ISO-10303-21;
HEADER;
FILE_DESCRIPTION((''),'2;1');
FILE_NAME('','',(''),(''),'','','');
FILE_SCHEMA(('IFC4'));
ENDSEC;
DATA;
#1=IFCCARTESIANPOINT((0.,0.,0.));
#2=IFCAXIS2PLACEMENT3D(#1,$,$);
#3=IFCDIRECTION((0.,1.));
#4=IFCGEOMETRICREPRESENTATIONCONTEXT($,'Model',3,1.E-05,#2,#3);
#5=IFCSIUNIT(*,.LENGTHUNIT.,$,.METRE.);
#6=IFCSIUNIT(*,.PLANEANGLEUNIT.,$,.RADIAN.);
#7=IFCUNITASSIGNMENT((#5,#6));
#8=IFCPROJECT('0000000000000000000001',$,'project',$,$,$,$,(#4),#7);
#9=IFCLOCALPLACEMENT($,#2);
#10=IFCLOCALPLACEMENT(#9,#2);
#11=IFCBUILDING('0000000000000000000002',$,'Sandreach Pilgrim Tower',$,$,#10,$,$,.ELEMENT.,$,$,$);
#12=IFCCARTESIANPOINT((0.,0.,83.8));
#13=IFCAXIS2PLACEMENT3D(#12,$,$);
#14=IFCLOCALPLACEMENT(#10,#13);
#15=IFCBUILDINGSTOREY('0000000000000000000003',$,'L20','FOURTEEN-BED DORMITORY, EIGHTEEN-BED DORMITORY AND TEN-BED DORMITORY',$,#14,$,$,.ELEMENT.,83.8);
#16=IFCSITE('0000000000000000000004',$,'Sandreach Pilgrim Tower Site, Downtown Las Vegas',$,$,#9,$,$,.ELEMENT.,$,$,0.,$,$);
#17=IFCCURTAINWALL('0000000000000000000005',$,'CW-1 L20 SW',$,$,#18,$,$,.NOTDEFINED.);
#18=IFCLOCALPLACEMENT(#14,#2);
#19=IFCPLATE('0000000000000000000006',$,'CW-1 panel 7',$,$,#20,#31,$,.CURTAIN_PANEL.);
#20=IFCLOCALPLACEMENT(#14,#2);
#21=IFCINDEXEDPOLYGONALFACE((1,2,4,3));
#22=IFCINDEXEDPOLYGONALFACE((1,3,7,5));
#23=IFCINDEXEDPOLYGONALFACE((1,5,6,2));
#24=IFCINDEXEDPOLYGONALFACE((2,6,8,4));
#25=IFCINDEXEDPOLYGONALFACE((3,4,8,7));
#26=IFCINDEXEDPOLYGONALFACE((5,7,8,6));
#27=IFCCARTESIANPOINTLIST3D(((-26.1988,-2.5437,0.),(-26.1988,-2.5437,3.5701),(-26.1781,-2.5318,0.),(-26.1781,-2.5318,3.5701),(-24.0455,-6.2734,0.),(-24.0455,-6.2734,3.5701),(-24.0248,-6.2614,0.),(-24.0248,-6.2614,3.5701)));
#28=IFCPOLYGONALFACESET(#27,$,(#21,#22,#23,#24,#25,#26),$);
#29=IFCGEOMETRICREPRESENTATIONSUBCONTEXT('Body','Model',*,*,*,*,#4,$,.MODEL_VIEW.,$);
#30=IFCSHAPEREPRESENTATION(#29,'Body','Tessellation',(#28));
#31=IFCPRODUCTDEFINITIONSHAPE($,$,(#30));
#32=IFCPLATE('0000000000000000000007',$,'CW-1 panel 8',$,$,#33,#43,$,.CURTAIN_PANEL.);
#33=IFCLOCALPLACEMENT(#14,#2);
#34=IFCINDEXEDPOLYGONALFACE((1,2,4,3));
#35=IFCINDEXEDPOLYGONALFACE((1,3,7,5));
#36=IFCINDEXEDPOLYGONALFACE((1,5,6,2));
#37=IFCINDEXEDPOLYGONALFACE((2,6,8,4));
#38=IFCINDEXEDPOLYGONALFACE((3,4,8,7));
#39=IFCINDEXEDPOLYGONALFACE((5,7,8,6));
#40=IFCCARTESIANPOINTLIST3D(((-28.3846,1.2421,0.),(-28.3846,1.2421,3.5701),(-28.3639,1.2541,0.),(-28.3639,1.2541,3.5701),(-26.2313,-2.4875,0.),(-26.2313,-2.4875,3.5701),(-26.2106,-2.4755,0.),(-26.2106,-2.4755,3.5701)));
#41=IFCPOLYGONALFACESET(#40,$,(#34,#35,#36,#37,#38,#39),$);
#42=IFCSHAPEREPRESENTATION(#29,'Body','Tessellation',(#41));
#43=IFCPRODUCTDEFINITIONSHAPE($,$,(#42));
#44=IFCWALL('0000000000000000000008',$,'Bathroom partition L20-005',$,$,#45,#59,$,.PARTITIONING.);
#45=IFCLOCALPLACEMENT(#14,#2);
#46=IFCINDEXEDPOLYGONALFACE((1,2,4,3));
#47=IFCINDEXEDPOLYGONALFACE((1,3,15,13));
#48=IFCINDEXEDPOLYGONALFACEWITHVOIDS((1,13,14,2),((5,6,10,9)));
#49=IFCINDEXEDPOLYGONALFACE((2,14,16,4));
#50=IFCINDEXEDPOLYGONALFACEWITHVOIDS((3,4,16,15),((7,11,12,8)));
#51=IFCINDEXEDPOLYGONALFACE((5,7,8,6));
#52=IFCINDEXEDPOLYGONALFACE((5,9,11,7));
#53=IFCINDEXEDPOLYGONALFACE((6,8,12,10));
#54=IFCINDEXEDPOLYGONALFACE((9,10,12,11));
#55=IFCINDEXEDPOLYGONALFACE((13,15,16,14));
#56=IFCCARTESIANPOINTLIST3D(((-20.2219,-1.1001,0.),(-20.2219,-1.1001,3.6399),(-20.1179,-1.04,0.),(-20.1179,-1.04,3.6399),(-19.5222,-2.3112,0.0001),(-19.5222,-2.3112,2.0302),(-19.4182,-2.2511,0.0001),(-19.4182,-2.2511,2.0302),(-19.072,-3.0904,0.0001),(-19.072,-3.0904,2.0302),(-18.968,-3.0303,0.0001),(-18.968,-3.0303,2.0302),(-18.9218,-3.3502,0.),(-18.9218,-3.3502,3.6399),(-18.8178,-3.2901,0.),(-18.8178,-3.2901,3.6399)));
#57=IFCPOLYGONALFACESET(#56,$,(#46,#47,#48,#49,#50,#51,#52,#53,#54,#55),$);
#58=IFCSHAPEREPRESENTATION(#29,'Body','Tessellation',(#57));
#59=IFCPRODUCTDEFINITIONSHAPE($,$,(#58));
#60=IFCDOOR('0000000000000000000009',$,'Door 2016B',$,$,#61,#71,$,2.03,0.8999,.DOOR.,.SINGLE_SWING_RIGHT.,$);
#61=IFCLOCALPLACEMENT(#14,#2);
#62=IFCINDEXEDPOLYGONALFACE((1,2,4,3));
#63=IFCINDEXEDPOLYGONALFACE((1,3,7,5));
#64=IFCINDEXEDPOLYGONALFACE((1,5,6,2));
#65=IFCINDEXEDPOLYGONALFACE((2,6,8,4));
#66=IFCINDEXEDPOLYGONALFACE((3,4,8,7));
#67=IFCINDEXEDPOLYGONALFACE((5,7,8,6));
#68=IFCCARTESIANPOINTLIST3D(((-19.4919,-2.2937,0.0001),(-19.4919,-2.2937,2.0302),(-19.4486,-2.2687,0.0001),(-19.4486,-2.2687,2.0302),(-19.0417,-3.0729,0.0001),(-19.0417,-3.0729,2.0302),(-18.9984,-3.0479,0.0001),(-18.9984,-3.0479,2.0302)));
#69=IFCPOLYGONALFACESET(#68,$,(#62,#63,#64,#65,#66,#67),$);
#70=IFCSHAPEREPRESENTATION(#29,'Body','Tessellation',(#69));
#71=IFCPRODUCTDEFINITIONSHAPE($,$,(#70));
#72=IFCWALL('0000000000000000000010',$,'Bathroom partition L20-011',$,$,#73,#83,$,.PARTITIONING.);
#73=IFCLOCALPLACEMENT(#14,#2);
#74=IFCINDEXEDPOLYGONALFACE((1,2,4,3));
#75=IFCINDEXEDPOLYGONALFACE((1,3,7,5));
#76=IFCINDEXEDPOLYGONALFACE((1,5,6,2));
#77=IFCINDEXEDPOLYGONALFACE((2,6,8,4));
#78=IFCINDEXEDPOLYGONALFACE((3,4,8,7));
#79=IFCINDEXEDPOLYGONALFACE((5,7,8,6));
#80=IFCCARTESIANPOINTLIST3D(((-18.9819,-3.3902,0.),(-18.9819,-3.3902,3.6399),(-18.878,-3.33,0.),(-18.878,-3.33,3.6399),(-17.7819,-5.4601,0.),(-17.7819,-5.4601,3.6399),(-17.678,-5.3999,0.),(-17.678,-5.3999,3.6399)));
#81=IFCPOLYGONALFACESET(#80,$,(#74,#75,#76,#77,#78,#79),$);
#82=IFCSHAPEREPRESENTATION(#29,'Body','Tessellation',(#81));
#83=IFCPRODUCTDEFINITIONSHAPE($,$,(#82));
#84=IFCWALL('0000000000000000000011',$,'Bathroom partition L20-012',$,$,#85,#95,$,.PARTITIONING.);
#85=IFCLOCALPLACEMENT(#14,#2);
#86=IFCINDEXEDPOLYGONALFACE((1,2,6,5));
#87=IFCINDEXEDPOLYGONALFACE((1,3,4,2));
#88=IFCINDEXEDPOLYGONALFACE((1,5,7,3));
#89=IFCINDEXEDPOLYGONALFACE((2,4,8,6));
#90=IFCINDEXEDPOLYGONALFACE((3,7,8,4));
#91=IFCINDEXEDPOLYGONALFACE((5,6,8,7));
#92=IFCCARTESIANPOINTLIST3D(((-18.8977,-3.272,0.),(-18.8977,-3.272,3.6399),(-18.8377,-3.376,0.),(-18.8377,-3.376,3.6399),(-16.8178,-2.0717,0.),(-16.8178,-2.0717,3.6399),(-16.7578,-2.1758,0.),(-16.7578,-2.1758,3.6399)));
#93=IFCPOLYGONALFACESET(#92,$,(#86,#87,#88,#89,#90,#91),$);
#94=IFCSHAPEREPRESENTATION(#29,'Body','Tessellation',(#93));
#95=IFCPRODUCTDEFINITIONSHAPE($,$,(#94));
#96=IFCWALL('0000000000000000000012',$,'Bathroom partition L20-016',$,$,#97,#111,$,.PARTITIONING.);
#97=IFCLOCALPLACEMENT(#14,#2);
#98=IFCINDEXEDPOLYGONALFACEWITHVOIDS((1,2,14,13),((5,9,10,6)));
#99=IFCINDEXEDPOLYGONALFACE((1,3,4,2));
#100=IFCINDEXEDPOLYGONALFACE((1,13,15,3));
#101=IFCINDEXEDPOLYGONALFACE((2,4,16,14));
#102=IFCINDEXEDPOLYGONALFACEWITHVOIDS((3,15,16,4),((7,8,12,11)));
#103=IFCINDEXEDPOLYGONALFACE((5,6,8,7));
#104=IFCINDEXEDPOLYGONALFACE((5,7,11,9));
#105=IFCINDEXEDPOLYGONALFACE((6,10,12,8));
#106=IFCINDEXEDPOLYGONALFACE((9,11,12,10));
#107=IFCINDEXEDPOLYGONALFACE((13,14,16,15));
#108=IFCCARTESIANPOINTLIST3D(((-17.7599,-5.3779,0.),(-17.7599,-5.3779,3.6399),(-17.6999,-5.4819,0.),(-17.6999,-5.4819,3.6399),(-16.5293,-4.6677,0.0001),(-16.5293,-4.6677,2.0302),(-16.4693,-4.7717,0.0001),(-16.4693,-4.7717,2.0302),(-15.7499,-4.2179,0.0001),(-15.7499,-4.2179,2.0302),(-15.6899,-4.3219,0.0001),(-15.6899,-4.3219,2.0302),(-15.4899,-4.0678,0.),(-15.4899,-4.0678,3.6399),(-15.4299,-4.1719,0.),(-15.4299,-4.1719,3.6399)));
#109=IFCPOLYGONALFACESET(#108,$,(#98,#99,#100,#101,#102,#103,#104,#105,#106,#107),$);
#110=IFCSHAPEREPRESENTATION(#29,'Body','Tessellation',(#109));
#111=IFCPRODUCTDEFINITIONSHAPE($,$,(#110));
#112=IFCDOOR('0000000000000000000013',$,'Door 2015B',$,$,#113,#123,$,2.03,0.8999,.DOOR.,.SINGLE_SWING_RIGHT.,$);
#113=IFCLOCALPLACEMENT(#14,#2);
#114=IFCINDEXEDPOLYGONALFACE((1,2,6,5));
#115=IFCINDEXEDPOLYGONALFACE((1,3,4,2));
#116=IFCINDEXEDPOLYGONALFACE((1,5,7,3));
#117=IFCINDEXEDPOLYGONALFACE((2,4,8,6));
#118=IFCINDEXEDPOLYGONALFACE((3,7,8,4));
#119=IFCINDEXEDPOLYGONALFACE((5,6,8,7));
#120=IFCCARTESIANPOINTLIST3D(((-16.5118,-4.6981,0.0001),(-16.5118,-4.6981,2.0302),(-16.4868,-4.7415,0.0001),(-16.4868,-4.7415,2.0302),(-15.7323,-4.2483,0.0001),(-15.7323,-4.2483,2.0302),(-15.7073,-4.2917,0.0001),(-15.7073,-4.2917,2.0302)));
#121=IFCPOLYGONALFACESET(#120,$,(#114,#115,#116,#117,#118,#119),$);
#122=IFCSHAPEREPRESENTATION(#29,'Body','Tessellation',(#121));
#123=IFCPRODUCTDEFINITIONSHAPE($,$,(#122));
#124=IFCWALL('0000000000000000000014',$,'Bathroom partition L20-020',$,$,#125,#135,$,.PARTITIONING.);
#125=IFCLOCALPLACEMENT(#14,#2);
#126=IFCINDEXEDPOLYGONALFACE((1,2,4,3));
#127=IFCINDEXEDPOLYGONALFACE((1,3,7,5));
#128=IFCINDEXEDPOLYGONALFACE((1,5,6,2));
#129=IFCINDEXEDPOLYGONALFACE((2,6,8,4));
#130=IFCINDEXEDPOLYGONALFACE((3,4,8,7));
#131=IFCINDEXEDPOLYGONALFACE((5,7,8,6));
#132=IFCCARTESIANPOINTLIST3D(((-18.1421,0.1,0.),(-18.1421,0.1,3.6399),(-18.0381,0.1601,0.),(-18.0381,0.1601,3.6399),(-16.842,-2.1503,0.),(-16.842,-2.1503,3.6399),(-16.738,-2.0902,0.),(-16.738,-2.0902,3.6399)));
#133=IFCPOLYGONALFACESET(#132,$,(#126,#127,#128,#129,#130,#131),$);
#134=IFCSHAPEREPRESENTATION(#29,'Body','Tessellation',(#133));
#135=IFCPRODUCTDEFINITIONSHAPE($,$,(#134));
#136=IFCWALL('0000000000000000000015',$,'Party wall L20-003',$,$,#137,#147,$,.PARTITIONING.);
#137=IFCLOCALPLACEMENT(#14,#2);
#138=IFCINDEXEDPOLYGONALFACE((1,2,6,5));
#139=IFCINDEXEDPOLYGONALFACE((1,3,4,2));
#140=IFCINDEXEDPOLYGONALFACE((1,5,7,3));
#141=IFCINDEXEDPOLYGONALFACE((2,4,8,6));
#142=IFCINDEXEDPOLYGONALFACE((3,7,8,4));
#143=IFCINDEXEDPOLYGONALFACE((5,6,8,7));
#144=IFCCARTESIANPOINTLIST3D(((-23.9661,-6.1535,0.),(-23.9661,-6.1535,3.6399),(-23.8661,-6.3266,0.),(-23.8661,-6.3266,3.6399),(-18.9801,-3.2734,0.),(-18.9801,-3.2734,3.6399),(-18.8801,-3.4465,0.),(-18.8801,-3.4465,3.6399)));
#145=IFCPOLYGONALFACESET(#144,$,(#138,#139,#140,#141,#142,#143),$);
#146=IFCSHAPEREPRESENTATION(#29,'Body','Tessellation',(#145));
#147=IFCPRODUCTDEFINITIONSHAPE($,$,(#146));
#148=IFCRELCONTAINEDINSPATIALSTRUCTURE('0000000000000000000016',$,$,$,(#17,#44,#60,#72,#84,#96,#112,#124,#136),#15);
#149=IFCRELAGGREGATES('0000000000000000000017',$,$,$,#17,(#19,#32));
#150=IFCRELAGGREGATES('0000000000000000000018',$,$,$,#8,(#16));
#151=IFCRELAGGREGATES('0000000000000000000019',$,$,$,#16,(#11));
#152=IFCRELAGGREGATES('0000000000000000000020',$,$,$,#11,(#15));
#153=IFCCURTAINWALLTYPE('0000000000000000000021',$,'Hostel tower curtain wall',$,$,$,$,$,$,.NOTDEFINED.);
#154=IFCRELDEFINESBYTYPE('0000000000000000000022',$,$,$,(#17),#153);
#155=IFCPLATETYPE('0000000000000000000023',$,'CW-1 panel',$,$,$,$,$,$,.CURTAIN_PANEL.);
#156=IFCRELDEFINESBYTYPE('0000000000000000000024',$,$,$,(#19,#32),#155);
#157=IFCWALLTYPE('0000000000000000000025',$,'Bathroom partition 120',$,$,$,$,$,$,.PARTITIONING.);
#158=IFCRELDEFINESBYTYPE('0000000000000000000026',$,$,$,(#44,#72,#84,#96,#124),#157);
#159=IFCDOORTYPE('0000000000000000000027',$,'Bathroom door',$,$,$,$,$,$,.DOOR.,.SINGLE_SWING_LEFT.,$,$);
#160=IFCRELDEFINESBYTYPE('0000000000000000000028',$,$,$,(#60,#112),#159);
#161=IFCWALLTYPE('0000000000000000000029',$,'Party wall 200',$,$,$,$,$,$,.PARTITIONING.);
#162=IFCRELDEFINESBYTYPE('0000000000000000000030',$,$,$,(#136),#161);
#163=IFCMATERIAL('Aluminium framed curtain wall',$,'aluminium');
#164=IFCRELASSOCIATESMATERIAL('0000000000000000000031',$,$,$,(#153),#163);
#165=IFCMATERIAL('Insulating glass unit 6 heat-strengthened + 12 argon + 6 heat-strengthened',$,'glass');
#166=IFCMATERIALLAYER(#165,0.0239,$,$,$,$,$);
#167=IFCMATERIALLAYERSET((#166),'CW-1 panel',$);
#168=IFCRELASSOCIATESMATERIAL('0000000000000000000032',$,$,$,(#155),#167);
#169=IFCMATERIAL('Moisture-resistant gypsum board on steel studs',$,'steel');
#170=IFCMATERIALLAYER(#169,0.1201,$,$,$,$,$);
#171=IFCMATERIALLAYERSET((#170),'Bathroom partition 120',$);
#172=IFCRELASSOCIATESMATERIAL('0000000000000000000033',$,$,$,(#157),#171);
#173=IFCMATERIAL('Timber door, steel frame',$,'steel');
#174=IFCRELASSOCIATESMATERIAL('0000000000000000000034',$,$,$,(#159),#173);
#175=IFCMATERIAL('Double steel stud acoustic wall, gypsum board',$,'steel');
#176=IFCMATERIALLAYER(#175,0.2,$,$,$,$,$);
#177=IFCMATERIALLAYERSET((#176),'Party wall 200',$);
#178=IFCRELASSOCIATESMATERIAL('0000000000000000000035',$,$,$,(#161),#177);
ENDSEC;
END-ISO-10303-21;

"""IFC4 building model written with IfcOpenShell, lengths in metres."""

from ifc_helpers import new_model, si_unit, direction, frame, frame_2d, origin, origin_2d, place, context, subcontext, project, spatial, rectangle, extrude, material, layer, layer_set, type_object, element, fill, aggregate, save


model = new_model("IFC4")

# Units and contexts
model_context = context("Model", 3, precision=1e-05, world=origin(), true_north=direction((0.0, 1.0)))
body_context = subcontext(model_context, "Body", "Model", "MODEL_VIEW")
ifc_project = project(units=[si_unit("LENGTHUNIT", "METRE"), si_unit("PLANEANGLEUNIT", "RADIAN")], contexts=[model_context])

# Site, building, storey
site_placement = place(None, origin())
site = spatial("IfcSite", under=ifc_project, at=site_placement, Name="Sandreach Pilgrim Tower Site, Downtown Las Vegas", CompositionType="ELEMENT", RefElevation=0.0)
building_placement = place(site_placement, origin())
building = spatial("IfcBuilding", under=site, at=building_placement, Name="Sandreach Pilgrim Tower", CompositionType="ELEMENT")
storey_placement = place(building_placement, frame((0.0, 0.0, 83.8)))
storey = spatial("IfcBuildingStorey", under=building, at=storey_placement, Name="L20", Description="FOURTEEN-BED DORMITORY, EIGHTEEN-BED DORMITORY AND TEN-BED DORMITORY", CompositionType="ELEMENT", Elevation=83.8)

# Curtain wall
ifc_material_1 = material(Name="Aluminium framed curtain wall", Category="aluminium")
curtain_wall_type = type_object("IfcCurtainWallType", Name="Hostel tower curtain wall", PredefinedType="NOTDEFINED", material=ifc_material_1)
curtain_wall_placement = place(storey_placement, origin())
curtain_wall = element("IfcCurtainWall", 1, at=curtain_wall_placement, inside=storey, type_object=curtain_wall_type, Name="CW-1 L20 SW", PredefinedType="NOTDEFINED")

# Plates
ifc_material_2 = material(Name="Insulating glass unit 6 heat-strengthened + 12 argon + 6 heat-strengthened", Category="glass")
ifc_layer_1 = layer(ifc_material_2, 0.0239)
ifc_layer_set_1 = layer_set([ifc_layer_1], Name="CW-1 panel")
plate_type = type_object("IfcPlateType", Name="CW-1 panel", PredefinedType="CURTAIN_PANEL", material=ifc_layer_set_1)
plate_1_placement = place(storey_placement, frame((-25.1118, -4.4026, 0.0), z_axis=(0.0, 0.0, 1.0), x_axis=(-0.5, 0.866025, 0.0)))
plate_1 = element("IfcPlate", 2, at=plate_1_placement, type_object=plate_type, Name="CW-1 panel 7", PredefinedType="CURTAIN_PANEL", context=body_context, shape_type="SweptSolid", body=[
    extrude(rectangle(XDim=4.3066, YDim=0.0239, at=origin_2d()), origin(), (0.0, 0.0, 1.0), 3.5701),
])
plate_2_placement = place(storey_placement, frame((-27.2976, -0.6167, 0.0), z_axis=(0.0, 0.0, 1.0), x_axis=(-0.5, 0.866025, 0.0)))
plate_2 = element("IfcPlate", 3, at=plate_2_placement, type_object=plate_type, Name="CW-1 panel 8", PredefinedType="CURTAIN_PANEL", context=body_context, shape_type="SweptSolid", body=[
    extrude(rectangle(XDim=4.3066, YDim=0.0239, at=origin_2d()), origin(), (0.0, 0.0, 1.0), 3.5701),
])
aggregate(curtain_wall, [plate_1, plate_2])

# Wall, opening, door
ifc_material_3 = material(Name="Moisture-resistant gypsum board on steel studs", Category="steel")
ifc_layer_2 = layer(ifc_material_3, 0.1201)
ifc_layer_set_2 = layer_set([ifc_layer_2], Name="Bathroom partition 120")
wall_type_1 = type_object("IfcWallType", Name="Bathroom partition 120", PredefinedType="PARTITIONING", material=ifc_layer_set_2)
wall_1_placement = place(storey_placement, frame((-20.1699, -1.0701, 0.0), z_axis=(0.0, 0.0, 1.0), x_axis=(0.500292, -0.865857, 0.0)))
wall_1 = element("IfcWall", 4, at=wall_1_placement, inside=storey, type_object=wall_type_1, Name="Bathroom partition L20-005", PredefinedType="PARTITIONING", context=body_context, shape_type="SweptSolid", body=[
    extrude(rectangle(XDim=2.5986, YDim=0.1201, at=frame_2d((1.2993, 0.0))), origin(), (0.0, 0.0, 1.0), 3.6399),
])
opening_1_placement = place(wall_1_placement, frame((1.3987, 0.0, 0.0)))
opening_1 = element("IfcOpeningElement", 5, at=opening_1_placement, cuts=wall_1, PredefinedType="OPENING", context=body_context, shape_type="SweptSolid", body=[
    extrude(rectangle(XDim=0.8999, YDim=2.03, at=frame_2d((0.45, 1.0151))), frame((0.0, 0.0601, 0.0), z_axis=(0.0, -1.0, 0.0), x_axis=(1.0, 0.0, 0.0)), (0.0, 0.0, 1.0), 0.1201),
])
ifc_material_4 = material(Name="Timber door, steel frame", Category="steel")
door_type = type_object("IfcDoorType", Name="Bathroom door", OperationType="SINGLE_SWING_LEFT", PredefinedType="DOOR", material=ifc_material_4)
door_1_placement = place(opening_1_placement, origin())
door_1 = element("IfcDoor", 6, at=door_1_placement, inside=storey, type_object=door_type, Name="Door 2016B", OperationType="SINGLE_SWING_RIGHT", OverallHeight=2.03, OverallWidth=0.8999, PredefinedType="DOOR", context=body_context, shape_type="SweptSolid", body=[
    extrude(rectangle(XDim=0.8999, YDim=2.03, at=frame_2d((0.45, 1.0151))), frame((0.0, 0.0249, 0.0), z_axis=(0.0, -1.0, 0.0), x_axis=(1.0, 0.0, 0.0)), (0.0, 0.0, 1.0), 0.05),
])
fill(opening_1, door_1)

# Walls
wall_2_placement = place(storey_placement, frame((-18.9299, -3.3601, 0.0), z_axis=(0.0, 0.0, 1.0), x_axis=(0.501547, -0.86513, 0.0)))
element("IfcWall", 7, at=wall_2_placement, inside=storey, type_object=wall_type_1, Name="Bathroom partition L20-011", PredefinedType="PARTITIONING", context=body_context, shape_type="SweptSolid", body=[
    extrude(rectangle(XDim=2.3926, YDim=0.1201, at=frame_2d((1.1963, 0.0))), origin(), (0.0, 0.0, 1.0), 3.6399),
])
wall_3_placement = place(storey_placement, frame((-18.8677, -3.324, 0.0), z_axis=(0.0, 0.0, 1.0), x_axis=(0.866133, 0.499813, 0.0)))
element("IfcWall", 8, at=wall_3_placement, inside=storey, type_object=wall_type_1, Name="Bathroom partition L20-012", PredefinedType="PARTITIONING", context=body_context, shape_type="SweptSolid", body=[
    extrude(rectangle(XDim=2.4014, YDim=0.1201, at=frame_2d((1.2007, 0.0))), origin(), (0.0, 0.0, 1.0), 3.6399),
])

# Wall, opening, door
wall_4_placement = place(storey_placement, frame((-17.73, -5.4299, 0.0), z_axis=(0.0, 0.0, 1.0), x_axis=(0.866114, 0.499846, 0.0)))
wall_4 = element("IfcWall", 9, at=wall_4_placement, inside=storey, type_object=wall_type_1, Name="Bathroom partition L20-016", PredefinedType="PARTITIONING", context=body_context, shape_type="SweptSolid", body=[
    extrude(rectangle(XDim=2.6208, YDim=0.1201, at=frame_2d((1.3105, 0.0))), origin(), (0.0, 0.0, 1.0), 3.6399),
])
opening_2_placement = place(wall_4_placement, frame((1.4209, 0.0, 0.0)))
opening_2 = element("IfcOpeningElement", 10, at=opening_2_placement, cuts=wall_4, PredefinedType="OPENING", context=body_context, shape_type="SweptSolid", body=[
    extrude(rectangle(XDim=0.8999, YDim=2.03, at=frame_2d((0.45, 1.0151))), frame((0.0, 0.0601, 0.0), z_axis=(0.0, -1.0, 0.0), x_axis=(1.0, 0.0, 0.0)), (0.0, 0.0, 1.0), 0.1201),
])
door_2_placement = place(opening_2_placement, origin())
door_2 = element("IfcDoor", 11, at=door_2_placement, inside=storey, type_object=door_type, Name="Door 2015B", OperationType="SINGLE_SWING_RIGHT", OverallHeight=2.03, OverallWidth=0.8999, PredefinedType="DOOR", context=body_context, shape_type="SweptSolid", body=[
    extrude(rectangle(XDim=0.8999, YDim=2.03, at=frame_2d((0.45, 1.0151))), frame((0.0, 0.0249, 0.0), z_axis=(0.0, -1.0, 0.0), x_axis=(1.0, 0.0, 0.0)), (0.0, 0.0, 1.0), 0.05),
])
fill(opening_2, door_2)

# Walls
wall_5_placement = place(storey_placement, frame((-16.79, -2.1201, 0.0), z_axis=(0.0, 0.0, 1.0), x_axis=(-0.500251, 0.86588, 0.0)))
element("IfcWall", 12, at=wall_5_placement, inside=storey, type_object=wall_type_1, Name="Bathroom partition L20-020", PredefinedType="PARTITIONING", context=body_context, shape_type="SweptSolid", body=[
    extrude(rectangle(XDim=2.5989, YDim=0.1201, at=frame_2d((1.2993, 0.0))), origin(), (0.0, 0.0, 1.0), 3.6399),
])
ifc_material_5 = material(Name="Double steel stud acoustic wall, gypsum board", Category="steel")
ifc_layer_3 = layer(ifc_material_5, 0.2)
ifc_layer_set_3 = layer_set([ifc_layer_3], Name="Party wall 200")
wall_type_2 = type_object("IfcWallType", Name="Party wall 200", PredefinedType="PARTITIONING", material=ifc_layer_set_3)
wall_6_placement = place(storey_placement, frame((-23.916, -6.24, 0.0), z_axis=(0.0, 0.0, 1.0), x_axis=(0.865919, 0.500184, 0.0)))
element("IfcWall", 13, at=wall_6_placement, inside=storey, type_object=wall_type_2, Name="Party wall L20-003", PredefinedType="PARTITIONING", context=body_context, shape_type="SweptSolid", body=[
    extrude(rectangle(XDim=5.7581, YDim=0.2, at=frame_2d((2.8789, 0.0))), origin(), (0.0, 0.0, 1.0), 3.6399),
])

save(model, "model.ifc")
